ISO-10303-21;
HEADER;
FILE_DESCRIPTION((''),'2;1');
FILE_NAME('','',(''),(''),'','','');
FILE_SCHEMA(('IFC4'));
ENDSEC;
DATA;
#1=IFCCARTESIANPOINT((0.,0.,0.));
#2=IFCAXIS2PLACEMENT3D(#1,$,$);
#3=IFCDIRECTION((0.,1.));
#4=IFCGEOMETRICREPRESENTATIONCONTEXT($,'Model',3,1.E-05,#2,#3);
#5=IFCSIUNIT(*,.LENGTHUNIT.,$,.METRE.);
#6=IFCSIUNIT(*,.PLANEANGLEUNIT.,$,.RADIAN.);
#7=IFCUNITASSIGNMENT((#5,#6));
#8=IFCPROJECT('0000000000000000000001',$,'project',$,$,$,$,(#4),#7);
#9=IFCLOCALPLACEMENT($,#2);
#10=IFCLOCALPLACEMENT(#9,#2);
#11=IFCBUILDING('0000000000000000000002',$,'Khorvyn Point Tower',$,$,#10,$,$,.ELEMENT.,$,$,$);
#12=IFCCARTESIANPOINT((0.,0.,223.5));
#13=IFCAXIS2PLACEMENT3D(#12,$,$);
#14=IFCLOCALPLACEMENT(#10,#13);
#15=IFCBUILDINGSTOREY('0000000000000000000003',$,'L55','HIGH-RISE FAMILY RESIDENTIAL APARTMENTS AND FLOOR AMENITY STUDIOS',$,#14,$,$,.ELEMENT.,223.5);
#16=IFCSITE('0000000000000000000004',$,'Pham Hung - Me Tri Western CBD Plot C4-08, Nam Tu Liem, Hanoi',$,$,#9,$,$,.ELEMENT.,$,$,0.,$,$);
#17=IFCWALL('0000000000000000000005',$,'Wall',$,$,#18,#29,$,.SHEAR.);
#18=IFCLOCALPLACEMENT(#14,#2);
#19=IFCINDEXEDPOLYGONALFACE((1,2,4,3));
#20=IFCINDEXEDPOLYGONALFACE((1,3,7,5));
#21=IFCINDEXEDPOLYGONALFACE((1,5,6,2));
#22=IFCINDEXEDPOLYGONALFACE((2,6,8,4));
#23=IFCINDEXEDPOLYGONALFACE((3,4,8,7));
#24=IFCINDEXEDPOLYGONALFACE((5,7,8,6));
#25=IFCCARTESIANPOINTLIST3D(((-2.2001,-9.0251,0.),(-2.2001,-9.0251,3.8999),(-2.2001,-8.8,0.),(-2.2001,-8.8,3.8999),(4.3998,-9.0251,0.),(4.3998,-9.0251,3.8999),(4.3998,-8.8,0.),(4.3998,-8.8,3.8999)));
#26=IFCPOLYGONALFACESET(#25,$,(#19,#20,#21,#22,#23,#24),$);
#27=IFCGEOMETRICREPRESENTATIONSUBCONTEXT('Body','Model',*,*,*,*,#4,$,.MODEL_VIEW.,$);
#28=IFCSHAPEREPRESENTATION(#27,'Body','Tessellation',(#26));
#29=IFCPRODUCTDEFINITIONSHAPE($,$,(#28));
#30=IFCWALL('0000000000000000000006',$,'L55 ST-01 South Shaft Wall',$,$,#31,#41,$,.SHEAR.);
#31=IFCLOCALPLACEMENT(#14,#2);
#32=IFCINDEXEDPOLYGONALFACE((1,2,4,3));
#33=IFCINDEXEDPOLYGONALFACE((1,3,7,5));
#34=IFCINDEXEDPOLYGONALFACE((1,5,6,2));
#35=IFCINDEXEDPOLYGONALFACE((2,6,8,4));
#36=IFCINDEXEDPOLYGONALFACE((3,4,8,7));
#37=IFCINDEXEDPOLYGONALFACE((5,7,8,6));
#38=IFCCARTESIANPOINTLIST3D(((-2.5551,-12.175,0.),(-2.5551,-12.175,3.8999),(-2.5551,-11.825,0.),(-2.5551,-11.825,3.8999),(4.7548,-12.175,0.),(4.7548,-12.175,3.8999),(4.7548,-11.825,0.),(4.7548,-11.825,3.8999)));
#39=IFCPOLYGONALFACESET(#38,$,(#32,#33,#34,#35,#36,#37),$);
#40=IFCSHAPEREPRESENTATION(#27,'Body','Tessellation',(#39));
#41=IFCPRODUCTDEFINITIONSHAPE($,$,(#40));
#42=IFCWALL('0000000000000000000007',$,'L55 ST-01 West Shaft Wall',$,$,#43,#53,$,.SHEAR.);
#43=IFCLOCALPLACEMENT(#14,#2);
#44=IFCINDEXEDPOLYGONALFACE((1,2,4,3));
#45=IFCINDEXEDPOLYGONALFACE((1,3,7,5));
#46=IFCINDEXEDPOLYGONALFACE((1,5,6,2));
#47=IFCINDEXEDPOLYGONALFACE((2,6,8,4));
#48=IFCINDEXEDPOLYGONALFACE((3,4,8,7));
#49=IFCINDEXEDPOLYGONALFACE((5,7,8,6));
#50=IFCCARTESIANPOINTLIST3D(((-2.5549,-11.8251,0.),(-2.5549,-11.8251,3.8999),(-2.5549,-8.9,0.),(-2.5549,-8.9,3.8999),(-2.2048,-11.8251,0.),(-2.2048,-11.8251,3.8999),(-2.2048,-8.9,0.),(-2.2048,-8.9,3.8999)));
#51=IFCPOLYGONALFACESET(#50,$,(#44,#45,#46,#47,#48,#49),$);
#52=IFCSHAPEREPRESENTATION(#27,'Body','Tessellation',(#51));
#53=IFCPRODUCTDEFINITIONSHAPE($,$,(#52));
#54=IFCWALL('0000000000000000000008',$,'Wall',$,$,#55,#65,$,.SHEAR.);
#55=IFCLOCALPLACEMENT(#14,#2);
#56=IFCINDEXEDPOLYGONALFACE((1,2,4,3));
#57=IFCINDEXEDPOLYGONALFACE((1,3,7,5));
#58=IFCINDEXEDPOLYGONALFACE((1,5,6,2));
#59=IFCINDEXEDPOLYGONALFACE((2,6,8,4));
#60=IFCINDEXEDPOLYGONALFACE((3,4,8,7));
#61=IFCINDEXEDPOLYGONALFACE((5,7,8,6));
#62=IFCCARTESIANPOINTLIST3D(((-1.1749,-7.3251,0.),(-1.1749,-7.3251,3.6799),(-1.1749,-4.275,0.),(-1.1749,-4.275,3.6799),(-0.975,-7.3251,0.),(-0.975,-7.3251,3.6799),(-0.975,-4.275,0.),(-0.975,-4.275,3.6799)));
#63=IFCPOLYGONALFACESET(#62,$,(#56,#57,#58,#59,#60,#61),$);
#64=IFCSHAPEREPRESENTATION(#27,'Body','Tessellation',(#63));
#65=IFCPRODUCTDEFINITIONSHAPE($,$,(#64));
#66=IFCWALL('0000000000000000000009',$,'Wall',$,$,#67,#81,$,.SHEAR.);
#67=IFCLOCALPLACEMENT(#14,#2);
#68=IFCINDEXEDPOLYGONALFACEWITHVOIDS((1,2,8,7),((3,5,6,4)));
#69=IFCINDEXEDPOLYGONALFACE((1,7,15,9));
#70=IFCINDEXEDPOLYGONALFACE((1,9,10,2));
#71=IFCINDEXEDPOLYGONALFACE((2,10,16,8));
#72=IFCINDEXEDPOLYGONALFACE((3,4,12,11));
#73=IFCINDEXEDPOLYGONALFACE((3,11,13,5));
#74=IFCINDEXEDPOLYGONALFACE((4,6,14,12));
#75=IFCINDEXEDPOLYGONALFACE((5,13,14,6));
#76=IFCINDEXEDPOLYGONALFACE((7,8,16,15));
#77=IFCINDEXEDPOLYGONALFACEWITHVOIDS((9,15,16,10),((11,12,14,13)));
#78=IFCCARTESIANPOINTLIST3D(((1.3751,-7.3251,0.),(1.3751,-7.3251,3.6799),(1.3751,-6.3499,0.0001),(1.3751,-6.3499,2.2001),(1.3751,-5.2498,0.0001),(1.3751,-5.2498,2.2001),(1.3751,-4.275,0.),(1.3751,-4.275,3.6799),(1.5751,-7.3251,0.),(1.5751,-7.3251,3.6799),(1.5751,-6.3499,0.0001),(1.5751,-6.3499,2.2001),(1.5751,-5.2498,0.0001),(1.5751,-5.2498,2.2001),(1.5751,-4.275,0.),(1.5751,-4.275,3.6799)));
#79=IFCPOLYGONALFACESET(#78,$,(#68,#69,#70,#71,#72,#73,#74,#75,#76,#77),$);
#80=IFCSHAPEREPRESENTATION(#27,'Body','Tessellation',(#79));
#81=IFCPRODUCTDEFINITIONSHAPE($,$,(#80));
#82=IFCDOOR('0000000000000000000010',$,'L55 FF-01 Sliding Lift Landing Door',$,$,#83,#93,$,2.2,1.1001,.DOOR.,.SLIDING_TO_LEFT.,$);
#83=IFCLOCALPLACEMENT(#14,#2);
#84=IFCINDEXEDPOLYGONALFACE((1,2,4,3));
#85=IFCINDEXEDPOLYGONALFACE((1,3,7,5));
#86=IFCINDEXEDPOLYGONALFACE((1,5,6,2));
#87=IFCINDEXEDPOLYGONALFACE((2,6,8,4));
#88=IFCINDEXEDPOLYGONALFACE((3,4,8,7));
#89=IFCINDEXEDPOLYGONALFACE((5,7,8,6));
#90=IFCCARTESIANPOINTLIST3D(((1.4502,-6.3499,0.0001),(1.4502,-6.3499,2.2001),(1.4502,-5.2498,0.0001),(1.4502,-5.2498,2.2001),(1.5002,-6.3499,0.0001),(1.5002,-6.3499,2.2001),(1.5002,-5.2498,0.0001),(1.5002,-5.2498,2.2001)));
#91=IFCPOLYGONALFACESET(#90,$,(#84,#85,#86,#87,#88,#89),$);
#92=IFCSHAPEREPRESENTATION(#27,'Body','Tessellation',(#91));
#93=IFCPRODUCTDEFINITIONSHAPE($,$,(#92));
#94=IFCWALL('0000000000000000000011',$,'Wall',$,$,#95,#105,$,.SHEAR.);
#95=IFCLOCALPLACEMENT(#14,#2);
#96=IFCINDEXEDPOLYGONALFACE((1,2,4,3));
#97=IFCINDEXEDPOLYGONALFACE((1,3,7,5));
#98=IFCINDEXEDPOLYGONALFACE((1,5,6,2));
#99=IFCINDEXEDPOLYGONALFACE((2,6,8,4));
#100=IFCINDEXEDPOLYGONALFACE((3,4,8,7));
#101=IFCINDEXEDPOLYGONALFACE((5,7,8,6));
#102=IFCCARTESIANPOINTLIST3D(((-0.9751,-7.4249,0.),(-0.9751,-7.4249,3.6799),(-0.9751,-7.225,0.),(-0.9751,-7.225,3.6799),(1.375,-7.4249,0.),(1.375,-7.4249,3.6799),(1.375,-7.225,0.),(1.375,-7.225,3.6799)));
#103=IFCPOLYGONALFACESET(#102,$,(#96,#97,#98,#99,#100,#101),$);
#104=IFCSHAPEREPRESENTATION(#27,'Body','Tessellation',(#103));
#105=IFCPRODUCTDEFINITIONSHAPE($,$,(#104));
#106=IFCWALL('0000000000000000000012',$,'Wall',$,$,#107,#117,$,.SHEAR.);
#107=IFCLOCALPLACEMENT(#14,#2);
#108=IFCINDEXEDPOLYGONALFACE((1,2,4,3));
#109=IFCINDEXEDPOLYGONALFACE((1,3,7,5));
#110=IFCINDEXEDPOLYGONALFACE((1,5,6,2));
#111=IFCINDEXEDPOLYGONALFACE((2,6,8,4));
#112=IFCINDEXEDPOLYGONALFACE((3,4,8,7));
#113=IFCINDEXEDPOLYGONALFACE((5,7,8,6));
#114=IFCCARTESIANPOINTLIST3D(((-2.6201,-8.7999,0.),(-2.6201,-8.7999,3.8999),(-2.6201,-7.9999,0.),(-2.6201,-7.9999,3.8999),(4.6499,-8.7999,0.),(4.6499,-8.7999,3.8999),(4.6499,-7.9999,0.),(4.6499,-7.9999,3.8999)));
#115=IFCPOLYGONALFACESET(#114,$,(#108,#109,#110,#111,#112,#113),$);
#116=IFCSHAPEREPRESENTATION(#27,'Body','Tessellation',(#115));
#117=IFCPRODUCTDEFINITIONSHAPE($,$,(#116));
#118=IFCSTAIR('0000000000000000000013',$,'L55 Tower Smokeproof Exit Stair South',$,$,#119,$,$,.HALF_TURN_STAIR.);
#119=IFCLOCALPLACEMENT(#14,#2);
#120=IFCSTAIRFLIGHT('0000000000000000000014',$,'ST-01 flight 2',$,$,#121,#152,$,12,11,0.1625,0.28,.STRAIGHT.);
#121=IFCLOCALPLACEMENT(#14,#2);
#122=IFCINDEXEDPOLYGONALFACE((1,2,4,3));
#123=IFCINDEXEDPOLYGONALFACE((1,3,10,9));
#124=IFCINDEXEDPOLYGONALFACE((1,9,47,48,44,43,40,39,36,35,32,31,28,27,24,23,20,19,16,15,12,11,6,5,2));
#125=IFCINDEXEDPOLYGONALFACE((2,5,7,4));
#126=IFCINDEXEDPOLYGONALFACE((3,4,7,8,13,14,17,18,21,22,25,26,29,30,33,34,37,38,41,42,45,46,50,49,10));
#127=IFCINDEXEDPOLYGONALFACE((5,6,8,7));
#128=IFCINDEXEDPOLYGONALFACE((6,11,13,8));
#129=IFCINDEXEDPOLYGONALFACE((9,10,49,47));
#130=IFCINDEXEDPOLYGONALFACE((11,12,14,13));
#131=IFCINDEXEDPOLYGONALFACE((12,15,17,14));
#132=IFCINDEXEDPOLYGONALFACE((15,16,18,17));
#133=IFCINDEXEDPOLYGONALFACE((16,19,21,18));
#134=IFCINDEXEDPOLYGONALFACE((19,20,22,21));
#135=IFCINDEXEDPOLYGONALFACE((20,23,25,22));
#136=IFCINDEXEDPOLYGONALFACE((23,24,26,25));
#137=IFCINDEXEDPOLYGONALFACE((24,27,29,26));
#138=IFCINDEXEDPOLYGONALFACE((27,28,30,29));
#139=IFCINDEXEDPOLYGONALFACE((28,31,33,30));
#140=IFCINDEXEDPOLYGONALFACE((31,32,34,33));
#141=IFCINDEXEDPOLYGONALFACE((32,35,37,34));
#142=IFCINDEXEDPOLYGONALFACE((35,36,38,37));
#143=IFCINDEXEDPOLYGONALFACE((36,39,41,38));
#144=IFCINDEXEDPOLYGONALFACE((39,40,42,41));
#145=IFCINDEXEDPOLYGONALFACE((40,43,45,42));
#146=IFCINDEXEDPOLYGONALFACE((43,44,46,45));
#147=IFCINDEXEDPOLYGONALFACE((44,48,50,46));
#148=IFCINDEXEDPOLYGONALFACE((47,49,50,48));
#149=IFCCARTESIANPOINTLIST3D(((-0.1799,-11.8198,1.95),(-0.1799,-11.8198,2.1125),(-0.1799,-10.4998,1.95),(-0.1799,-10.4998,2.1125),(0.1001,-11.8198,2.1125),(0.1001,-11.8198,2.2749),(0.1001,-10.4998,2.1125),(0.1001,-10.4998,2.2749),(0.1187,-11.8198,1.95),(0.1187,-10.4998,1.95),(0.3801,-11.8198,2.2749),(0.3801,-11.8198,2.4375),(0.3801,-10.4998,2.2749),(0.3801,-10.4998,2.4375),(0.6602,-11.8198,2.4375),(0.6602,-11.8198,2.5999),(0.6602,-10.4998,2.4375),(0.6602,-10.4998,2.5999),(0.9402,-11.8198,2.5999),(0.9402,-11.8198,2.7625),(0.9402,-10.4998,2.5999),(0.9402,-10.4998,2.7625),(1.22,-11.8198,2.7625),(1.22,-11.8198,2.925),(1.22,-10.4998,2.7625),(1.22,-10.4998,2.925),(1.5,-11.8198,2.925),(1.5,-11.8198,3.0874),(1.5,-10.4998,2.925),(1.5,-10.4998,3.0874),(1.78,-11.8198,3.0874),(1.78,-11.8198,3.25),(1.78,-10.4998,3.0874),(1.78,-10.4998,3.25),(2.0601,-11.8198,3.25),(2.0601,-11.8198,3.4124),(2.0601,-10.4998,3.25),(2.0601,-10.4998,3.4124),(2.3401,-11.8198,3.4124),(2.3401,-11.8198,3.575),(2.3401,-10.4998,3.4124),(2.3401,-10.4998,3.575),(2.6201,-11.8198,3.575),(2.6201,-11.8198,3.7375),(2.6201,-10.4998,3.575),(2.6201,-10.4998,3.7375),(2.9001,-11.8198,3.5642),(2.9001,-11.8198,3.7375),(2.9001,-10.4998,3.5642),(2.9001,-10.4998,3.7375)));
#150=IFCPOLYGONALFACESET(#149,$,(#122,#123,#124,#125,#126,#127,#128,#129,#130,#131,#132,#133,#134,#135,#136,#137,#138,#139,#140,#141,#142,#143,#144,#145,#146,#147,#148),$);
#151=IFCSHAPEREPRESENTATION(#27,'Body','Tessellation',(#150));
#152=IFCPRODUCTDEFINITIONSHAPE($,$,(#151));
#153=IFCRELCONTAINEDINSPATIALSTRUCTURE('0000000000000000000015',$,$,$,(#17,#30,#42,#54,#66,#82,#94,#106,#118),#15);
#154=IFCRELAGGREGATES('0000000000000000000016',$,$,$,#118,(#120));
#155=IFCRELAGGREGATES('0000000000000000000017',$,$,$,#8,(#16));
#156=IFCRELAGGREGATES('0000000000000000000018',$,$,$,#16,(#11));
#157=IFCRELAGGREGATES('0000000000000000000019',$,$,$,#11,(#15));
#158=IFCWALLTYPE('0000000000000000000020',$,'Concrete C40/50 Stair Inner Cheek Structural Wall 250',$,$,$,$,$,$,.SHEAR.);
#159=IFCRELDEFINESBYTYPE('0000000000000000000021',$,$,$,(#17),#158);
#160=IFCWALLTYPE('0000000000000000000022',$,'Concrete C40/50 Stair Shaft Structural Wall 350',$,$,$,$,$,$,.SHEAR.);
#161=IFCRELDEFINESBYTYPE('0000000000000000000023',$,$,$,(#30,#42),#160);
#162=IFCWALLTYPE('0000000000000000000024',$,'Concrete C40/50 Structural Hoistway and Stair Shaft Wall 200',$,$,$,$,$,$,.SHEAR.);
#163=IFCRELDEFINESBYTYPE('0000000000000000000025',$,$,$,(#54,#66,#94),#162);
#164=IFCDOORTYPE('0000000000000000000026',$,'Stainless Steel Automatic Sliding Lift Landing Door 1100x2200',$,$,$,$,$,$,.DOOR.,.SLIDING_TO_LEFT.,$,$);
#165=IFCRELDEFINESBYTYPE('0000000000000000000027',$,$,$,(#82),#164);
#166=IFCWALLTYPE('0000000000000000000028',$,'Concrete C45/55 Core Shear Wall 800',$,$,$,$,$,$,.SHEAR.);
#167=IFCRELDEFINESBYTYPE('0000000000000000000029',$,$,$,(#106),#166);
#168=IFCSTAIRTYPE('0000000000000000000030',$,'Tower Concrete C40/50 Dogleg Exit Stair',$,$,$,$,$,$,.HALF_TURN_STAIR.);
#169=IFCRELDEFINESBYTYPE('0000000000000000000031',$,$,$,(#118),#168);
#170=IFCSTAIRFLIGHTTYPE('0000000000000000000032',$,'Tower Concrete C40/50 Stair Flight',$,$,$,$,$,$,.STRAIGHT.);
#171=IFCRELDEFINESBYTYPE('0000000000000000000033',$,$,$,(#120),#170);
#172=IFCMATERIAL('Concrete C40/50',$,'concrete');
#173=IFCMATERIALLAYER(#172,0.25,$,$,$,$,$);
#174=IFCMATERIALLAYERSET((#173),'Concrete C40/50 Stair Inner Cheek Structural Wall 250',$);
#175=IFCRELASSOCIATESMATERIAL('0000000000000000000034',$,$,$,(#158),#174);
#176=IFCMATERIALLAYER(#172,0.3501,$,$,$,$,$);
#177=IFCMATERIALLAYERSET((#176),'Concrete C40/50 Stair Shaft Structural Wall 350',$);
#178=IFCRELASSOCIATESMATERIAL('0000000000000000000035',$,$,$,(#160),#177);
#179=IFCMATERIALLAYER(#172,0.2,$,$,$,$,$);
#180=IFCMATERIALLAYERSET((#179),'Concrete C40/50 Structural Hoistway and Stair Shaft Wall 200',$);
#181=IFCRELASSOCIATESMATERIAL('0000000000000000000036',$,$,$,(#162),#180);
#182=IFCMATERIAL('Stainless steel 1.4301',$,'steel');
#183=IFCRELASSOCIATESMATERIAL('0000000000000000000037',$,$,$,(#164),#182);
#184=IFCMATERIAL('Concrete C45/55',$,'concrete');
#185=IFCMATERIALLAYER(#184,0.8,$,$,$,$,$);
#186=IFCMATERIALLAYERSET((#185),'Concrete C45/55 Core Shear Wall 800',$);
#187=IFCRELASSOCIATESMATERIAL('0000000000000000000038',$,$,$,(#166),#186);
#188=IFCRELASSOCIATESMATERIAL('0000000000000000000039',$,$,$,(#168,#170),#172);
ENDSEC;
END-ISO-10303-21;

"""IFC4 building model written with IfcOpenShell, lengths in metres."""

from ifc_helpers import new_model, si_unit, direction, frame, frame_2d, origin, place, context, subcontext, project, spatial, polyline, rectangle, outline, extrude, material, layer, layer_set, type_object, element, fill, aggregate, save


model = new_model("IFC4")

# Units and contexts
model_context = context("Model", 3, precision=1e-05, world=origin(), true_north=direction((0.0, 1.0)))
body_context = subcontext(model_context, "Body", "Model", "MODEL_VIEW")
ifc_project = project(units=[si_unit("LENGTHUNIT", "METRE"), si_unit("PLANEANGLEUNIT", "RADIAN")], contexts=[model_context])

# Site, building, storey
site_placement = place(None, origin())
site = spatial("IfcSite", under=ifc_project, at=site_placement, Name="Pham Hung - Me Tri Western CBD Plot C4-08, Nam Tu Liem, Hanoi", CompositionType="ELEMENT", RefElevation=0.0)
building_placement = place(site_placement, origin())
building = spatial("IfcBuilding", under=site, at=building_placement, Name="Khorvyn Point Tower", CompositionType="ELEMENT")
storey_placement = place(building_placement, frame((0.0, 0.0, 223.5)))
storey = spatial("IfcBuildingStorey", under=building, at=storey_placement, Name="L55", Description="HIGH-RISE FAMILY RESIDENTIAL APARTMENTS AND FLOOR AMENITY STUDIOS", CompositionType="ELEMENT", Elevation=223.5)

# Shared definitions
ifc_material_1 = material(Name="Concrete C45/55", Category="concrete")

# Shared definitions
ifc_material_2 = material(Name="Concrete C40/50", Category="concrete")

# Walls
ifc_layer_1 = layer(ifc_material_2, 0.25)
ifc_layer_set_1 = layer_set([ifc_layer_1], Name="Concrete C40/50 Stair Inner Cheek Structural Wall 250")
wall_type_1 = type_object("IfcWallType", Name="Concrete C40/50 Stair Inner Cheek Structural Wall 250", PredefinedType="SHEAR", material=ifc_layer_set_1)
wall_1_placement = place(storey_placement, frame((-2.2, -8.9126, 0.0), z_axis=(0.0, 0.0, 1.0), x_axis=(1.0, 0.0, 0.0)))
element("IfcWall", 1, at=wall_1_placement, inside=storey, type_object=wall_type_1, Name="Wall", PredefinedType="SHEAR", context=body_context, shape_type="SweptSolid", body=[
    extrude(rectangle(XDim=6.5999, YDim=0.2251, at=frame_2d((3.2998, 0.0))), origin(), (0.0, 0.0, 1.0), 3.8999),
])
ifc_layer_2 = layer(ifc_material_2, 0.3501)
ifc_layer_set_2 = layer_set([ifc_layer_2], Name="Concrete C40/50 Stair Shaft Structural Wall 350")
wall_type_2 = type_object("IfcWallType", Name="Concrete C40/50 Stair Shaft Structural Wall 350", PredefinedType="SHEAR", material=ifc_layer_set_2)
wall_2_placement = place(storey_placement, frame((-2.5549, -12.0, 0.0), z_axis=(0.0, 0.0, 1.0), x_axis=(1.0, 0.0, 0.0)))
element("IfcWall", 2, at=wall_2_placement, inside=storey, type_object=wall_type_2, Name="L55 ST-01 South Shaft Wall", PredefinedType="SHEAR", context=body_context, shape_type="SweptSolid", body=[
    extrude(rectangle(XDim=7.3098, YDim=0.3501, at=frame_2d((3.6548, 0.0))), origin(), (0.0, 0.0, 1.0), 3.8999),
])
wall_3_placement = place(storey_placement, frame((-2.3799, -11.825, 0.0), z_axis=(0.0, 0.0, 1.0), x_axis=(0.0, 1.0, 0.0)))
element("IfcWall", 3, at=wall_3_placement, inside=storey, type_object=wall_type_2, Name="L55 ST-01 West Shaft Wall", PredefinedType="SHEAR", context=body_context, shape_type="SweptSolid", body=[
    extrude(rectangle(XDim=2.925, YDim=0.3501, at=frame_2d((1.4624, 0.0))), origin(), (0.0, 0.0, 1.0), 3.8999),
])
ifc_layer_3 = layer(ifc_material_2, 0.2)
ifc_layer_set_3 = layer_set([ifc_layer_3], Name="Concrete C40/50 Structural Hoistway and Stair Shaft Wall 200")
wall_type_3 = type_object("IfcWallType", Name="Concrete C40/50 Structural Hoistway and Stair Shaft Wall 200", PredefinedType="SHEAR", material=ifc_layer_set_3)
wall_4_placement = place(storey_placement, frame((-1.075, -7.325, 0.0), z_axis=(0.0, 0.0, 1.0), x_axis=(0.0, 1.0, 0.0)))
element("IfcWall", 4, at=wall_4_placement, inside=storey, type_object=wall_type_3, Name="Wall", PredefinedType="SHEAR", context=body_context, shape_type="SweptSolid", body=[
    extrude(rectangle(XDim=3.05, YDim=0.2, at=frame_2d((1.5249, 0.0))), origin(), (0.0, 0.0, 1.0), 3.6799),
])

# Wall, opening, door
wall_5_placement = place(storey_placement, frame((1.4751, -7.325, 0.0), z_axis=(0.0, 0.0, 1.0), x_axis=(0.0, 1.0, 0.0)))
wall_5 = element("IfcWall", 5, at=wall_5_placement, inside=storey, type_object=wall_type_3, Name="Wall", PredefinedType="SHEAR", context=body_context, shape_type="SweptSolid", body=[
    extrude(rectangle(XDim=3.05, YDim=0.2, at=frame_2d((1.5249, 0.0))), origin(), (0.0, 0.0, 1.0), 3.6799),
])
opening_1_placement = place(wall_5_placement, frame((0.9751, 0.0, 0.0)))
opening_1 = element("IfcOpeningElement", 6, at=opening_1_placement, cuts=wall_5, PredefinedType="OPENING", context=body_context, shape_type="SweptSolid", body=[
    extrude(rectangle(XDim=1.1001, YDim=2.2, at=frame_2d((0.55, 1.1001))), frame((0.0, 0.1099, 0.0), z_axis=(0.0, -1.0, 0.0), x_axis=(1.0, 0.0, 0.0)), (0.0, 0.0, 1.0), 0.22),
])
ifc_material_3 = material(Name="Stainless steel 1.4301", Category="steel")
door_type_1 = type_object("IfcDoorType", Name="Stainless Steel Automatic Sliding Lift Landing Door 1100x2200", OperationType="SLIDING_TO_LEFT", PredefinedType="DOOR", material=ifc_material_3)
door_1_placement = place(opening_1_placement, origin())
door_1 = element("IfcDoor", 7, at=door_1_placement, inside=storey, type_object=door_type_1, Name="L55 FF-01 Sliding Lift Landing Door", OperationType="SLIDING_TO_LEFT", OverallHeight=2.2, OverallWidth=1.1001, PredefinedType="DOOR", context=body_context, shape_type="SweptSolid", body=[
    extrude(rectangle(XDim=1.1001, YDim=2.2, at=frame_2d((0.55, 1.1001))), frame((0.0, 0.0249, 0.0), z_axis=(0.0, -1.0, 0.0), x_axis=(1.0, 0.0, 0.0)), (0.0, 0.0, 1.0), 0.05),
])
fill(opening_1, door_1)

# Walls
wall_6_placement = place(storey_placement, frame((-0.9751, -7.325, 0.0), z_axis=(0.0, 0.0, 1.0), x_axis=(1.0, 0.0, 0.0)))
element("IfcWall", 8, at=wall_6_placement, inside=storey, type_object=wall_type_3, Name="Wall", PredefinedType="SHEAR", context=body_context, shape_type="SweptSolid", body=[
    extrude(rectangle(XDim=2.3501, YDim=0.2, at=frame_2d((1.175, 0.0))), origin(), (0.0, 0.0, 1.0), 3.6799),
])
ifc_layer_4 = layer(ifc_material_1, 0.8)
ifc_layer_set_4 = layer_set([ifc_layer_4], Name="Concrete C45/55 Core Shear Wall 800")
wall_type_4 = type_object("IfcWallType", Name="Concrete C45/55 Core Shear Wall 800", PredefinedType="SHEAR", material=ifc_layer_set_4)
wall_7_placement = place(storey_placement, frame((-2.6201, -8.3999, 0.0), z_axis=(0.0, 0.0, 1.0), x_axis=(1.0, 0.0, 0.0)))
element("IfcWall", 9, at=wall_7_placement, inside=storey, type_object=wall_type_4, Name="Wall", PredefinedType="SHEAR", context=body_context, shape_type="SweptSolid", body=[
    extrude(rectangle(XDim=7.27, YDim=0.8, at=frame_2d((3.635, 0.0))), origin(), (0.0, 0.0, 1.0), 3.8999),
])

# Stair, stair flight
stair_type = type_object("IfcStairType", Name="Tower Concrete C40/50 Dogleg Exit Stair", PredefinedType="HALF_TURN_STAIR", material=ifc_material_2)
stair_placement = place(storey_placement, origin())
stair = element("IfcStair", 10, at=stair_placement, inside=storey, type_object=stair_type, Name="L55 Tower Smokeproof Exit Stair South", PredefinedType="HALF_TURN_STAIR")
stair_flight_type = type_object("IfcStairFlightType", Name="Tower Concrete C40/50 Stair Flight", PredefinedType="STRAIGHT", material=ifc_material_2)
stair_flight_placement = place(storey_placement, frame((-0.1799, -11.1599, 1.95), z_axis=(0.0, 0.0, 1.0), x_axis=(1.0, 0.0, 0.0)))
stair_flight = element("IfcStairFlight", 11, at=stair_flight_placement, type_object=stair_flight_type, Name="ST-01 flight 2", NumberOfRisers=12, NumberOfTreads=11, PredefinedType="STRAIGHT", RiserHeight=0.1625, TreadLength=0.28, context=body_context, shape_type="SweptSolid", body=[
    extrude(outline(polyline([(0.0, 0.0), (0.0, 0.1626), (0.28, 0.1626), (0.28, 0.325), (0.5601, 0.325), (0.5601, 0.4875), (0.8401, 0.4875), (0.8401, 0.6499), (1.1201, 0.6499), (1.1201, 0.8125), (1.3999, 0.8125), (1.3999, 0.9751), (1.6799, 0.9751), (1.6799, 1.1375), (1.96, 1.1375), (1.96, 1.3), (2.24, 1.3), (2.24, 1.4624), (2.52, 1.4624), (2.52, 1.625), (2.8, 1.625), (2.8, 1.7876), (3.0801, 1.7876), (3.0801, 1.95), (3.0801, 1.6143), (0.2986, 0.0), (0.0, 0.0)])), frame((0.0, 0.6602, 0.0), z_axis=(0.0, -1.0, 0.0), x_axis=(1.0, 0.0, 0.0)), (0.0, 0.0, 1.0), 1.3201),
])
aggregate(stair, [stair_flight])

save(model, "model.ifc")
